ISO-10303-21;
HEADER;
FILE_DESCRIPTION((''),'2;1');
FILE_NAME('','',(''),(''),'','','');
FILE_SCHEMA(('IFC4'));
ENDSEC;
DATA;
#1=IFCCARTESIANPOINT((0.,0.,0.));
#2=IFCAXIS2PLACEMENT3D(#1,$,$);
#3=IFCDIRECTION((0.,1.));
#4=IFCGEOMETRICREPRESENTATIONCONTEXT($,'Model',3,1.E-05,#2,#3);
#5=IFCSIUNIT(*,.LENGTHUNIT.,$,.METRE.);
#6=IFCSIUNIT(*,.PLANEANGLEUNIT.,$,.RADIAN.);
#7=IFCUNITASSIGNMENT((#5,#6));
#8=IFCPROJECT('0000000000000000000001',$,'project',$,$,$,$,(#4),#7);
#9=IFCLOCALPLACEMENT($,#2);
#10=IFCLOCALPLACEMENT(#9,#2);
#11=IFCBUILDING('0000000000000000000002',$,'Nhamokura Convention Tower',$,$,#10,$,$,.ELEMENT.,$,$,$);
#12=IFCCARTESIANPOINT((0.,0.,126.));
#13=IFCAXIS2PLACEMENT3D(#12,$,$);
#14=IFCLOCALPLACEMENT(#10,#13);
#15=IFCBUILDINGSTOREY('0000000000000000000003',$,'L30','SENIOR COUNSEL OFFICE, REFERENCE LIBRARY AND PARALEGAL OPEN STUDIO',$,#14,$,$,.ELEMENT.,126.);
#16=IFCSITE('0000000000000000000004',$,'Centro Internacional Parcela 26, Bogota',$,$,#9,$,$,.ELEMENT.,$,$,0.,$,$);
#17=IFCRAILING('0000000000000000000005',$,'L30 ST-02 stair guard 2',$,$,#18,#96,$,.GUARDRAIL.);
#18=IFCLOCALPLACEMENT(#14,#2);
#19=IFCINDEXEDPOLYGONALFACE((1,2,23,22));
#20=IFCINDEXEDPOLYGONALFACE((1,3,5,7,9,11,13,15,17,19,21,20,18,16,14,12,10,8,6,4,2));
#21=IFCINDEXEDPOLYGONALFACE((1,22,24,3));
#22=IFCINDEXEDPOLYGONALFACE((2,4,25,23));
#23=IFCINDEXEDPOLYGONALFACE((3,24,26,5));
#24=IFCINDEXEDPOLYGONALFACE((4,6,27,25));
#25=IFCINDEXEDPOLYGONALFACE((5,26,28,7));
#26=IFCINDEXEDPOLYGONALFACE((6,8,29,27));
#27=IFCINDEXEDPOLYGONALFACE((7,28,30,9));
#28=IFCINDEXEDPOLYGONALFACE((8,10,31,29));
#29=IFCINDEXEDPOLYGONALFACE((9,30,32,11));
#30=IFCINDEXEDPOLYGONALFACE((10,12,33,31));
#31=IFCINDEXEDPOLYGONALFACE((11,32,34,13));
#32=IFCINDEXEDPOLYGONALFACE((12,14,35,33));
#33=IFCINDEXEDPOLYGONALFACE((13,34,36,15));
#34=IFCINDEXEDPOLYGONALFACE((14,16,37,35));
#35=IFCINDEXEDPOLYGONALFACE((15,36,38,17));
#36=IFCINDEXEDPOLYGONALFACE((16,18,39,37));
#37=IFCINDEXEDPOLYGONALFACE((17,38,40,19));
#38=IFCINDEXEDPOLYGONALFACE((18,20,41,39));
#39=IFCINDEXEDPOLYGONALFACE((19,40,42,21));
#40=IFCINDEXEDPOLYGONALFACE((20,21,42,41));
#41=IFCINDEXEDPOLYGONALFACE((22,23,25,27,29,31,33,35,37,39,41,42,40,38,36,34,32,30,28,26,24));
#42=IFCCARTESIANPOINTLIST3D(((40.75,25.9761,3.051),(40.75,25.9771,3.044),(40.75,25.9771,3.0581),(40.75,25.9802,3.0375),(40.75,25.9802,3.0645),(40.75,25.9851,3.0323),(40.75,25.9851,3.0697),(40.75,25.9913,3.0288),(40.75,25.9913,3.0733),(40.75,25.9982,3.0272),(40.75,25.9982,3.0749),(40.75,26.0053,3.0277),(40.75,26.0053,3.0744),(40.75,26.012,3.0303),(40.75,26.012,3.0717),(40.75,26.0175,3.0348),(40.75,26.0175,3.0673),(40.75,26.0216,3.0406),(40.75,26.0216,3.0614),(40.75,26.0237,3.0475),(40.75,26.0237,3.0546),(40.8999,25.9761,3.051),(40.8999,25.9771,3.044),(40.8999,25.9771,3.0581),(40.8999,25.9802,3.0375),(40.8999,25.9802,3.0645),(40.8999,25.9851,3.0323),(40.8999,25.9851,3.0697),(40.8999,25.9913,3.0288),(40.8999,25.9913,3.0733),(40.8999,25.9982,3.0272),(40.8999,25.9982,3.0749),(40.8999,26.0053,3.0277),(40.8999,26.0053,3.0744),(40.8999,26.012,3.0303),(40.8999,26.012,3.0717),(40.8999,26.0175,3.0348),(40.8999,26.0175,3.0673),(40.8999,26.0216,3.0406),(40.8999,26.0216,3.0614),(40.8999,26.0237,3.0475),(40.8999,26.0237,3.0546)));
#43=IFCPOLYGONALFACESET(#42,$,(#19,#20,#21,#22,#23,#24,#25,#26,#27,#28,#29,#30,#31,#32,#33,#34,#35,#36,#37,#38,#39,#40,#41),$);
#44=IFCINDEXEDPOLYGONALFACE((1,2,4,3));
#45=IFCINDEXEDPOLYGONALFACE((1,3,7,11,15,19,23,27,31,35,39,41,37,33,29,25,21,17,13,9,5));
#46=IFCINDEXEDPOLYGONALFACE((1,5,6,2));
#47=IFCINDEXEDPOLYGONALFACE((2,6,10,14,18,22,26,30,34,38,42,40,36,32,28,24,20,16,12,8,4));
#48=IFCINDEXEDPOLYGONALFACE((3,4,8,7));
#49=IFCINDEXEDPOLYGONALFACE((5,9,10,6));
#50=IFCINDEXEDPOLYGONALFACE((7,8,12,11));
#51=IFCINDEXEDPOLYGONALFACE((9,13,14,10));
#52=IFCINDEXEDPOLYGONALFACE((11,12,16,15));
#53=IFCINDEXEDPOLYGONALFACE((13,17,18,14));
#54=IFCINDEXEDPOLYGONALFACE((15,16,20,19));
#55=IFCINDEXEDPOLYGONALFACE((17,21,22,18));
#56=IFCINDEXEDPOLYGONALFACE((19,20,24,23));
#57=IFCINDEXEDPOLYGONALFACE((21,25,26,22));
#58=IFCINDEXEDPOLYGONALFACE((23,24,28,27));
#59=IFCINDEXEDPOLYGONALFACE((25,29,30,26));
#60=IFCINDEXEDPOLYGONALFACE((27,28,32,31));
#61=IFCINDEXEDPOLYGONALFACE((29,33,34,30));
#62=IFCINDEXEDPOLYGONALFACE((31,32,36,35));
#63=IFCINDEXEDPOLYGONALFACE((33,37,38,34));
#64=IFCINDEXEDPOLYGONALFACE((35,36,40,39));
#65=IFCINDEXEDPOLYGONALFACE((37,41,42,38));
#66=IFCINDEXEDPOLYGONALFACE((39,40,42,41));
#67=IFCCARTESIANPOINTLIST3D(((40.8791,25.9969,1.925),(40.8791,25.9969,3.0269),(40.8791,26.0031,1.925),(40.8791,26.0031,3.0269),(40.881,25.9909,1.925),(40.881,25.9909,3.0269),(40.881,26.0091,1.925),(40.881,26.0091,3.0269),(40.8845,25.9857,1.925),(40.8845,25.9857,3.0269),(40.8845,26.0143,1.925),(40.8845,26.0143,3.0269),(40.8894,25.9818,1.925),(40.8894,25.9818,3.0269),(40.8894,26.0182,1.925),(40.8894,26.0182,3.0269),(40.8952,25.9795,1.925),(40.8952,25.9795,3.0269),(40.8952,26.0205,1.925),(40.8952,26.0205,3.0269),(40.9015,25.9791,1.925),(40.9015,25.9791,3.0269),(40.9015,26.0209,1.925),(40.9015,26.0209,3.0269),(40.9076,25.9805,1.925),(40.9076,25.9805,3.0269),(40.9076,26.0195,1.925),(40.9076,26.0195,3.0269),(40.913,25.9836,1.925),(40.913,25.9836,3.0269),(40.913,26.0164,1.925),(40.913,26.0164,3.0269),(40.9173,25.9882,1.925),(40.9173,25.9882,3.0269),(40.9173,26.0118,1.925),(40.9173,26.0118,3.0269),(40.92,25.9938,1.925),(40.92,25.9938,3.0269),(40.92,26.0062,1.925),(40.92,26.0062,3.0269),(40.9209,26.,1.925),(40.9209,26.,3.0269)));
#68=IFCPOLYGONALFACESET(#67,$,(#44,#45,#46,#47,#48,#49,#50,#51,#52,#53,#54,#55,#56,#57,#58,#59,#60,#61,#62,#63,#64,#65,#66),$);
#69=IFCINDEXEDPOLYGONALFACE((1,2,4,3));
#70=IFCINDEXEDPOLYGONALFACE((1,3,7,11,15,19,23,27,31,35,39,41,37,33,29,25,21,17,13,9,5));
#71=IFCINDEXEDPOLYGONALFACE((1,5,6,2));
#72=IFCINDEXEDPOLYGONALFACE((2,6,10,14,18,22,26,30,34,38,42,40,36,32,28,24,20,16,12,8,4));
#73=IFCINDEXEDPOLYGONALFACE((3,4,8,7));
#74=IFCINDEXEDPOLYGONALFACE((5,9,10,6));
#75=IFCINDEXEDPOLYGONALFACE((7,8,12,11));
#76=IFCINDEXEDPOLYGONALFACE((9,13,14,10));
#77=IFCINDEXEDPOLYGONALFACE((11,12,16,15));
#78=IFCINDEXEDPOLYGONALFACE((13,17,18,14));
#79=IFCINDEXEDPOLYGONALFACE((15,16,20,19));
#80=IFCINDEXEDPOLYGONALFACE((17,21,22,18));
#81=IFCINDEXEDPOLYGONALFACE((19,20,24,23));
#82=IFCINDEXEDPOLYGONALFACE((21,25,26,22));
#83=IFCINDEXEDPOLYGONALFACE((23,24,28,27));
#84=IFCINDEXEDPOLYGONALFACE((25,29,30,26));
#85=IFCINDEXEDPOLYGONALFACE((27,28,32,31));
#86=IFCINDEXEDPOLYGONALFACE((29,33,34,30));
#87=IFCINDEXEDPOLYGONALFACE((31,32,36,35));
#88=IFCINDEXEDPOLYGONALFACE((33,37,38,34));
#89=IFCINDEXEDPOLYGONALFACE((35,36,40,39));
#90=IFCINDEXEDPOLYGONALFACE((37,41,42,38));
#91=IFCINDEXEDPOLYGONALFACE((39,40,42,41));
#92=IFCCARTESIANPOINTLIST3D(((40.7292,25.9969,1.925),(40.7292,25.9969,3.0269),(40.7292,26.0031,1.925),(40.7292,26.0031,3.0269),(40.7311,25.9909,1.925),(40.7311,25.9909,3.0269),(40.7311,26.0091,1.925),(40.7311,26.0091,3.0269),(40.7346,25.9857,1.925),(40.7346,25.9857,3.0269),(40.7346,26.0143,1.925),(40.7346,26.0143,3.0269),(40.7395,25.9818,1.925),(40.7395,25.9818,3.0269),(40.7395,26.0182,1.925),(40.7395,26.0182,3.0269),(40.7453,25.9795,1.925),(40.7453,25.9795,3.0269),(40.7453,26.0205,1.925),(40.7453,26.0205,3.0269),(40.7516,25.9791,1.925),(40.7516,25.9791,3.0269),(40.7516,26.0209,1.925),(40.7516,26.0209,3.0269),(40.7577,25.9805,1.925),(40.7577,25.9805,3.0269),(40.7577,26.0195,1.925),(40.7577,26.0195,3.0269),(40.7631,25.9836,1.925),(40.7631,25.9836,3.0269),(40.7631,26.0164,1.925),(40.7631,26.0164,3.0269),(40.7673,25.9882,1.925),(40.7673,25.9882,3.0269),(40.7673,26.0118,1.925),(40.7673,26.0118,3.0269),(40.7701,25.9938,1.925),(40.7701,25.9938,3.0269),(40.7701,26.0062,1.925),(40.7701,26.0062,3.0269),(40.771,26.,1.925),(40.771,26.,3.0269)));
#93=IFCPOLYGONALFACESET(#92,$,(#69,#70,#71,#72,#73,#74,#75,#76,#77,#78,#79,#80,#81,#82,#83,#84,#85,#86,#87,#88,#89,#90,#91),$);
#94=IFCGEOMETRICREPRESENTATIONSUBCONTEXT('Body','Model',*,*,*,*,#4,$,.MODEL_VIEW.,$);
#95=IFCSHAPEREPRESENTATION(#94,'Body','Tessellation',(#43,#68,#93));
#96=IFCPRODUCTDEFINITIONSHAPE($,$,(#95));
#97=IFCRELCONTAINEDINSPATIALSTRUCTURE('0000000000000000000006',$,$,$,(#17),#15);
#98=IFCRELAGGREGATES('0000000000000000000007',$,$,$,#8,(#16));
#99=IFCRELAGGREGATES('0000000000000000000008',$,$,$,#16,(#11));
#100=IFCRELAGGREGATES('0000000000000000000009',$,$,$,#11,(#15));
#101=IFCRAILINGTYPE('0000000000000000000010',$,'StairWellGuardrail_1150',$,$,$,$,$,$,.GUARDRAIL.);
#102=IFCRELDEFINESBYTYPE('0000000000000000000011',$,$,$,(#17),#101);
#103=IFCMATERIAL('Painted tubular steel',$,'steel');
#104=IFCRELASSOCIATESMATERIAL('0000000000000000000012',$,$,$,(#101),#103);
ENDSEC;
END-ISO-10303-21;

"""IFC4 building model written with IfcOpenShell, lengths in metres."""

from ifc_helpers import new_model, si_unit, direction, frame, origin, origin_2d, place, context, subcontext, project, spatial, circle, extrude, material, type_object, element, save


model = new_model("IFC4")

# Units and contexts
model_context = context("Model", 3, precision=1e-05, world=origin(), true_north=direction((0.0, 1.0)))
body_context = subcontext(model_context, "Body", "Model", "MODEL_VIEW")
ifc_project = project(units=[si_unit("LENGTHUNIT", "METRE"), si_unit("PLANEANGLEUNIT", "RADIAN")], contexts=[model_context])

# Site, building, storey
site_placement = place(None, origin())
site = spatial("IfcSite", under=ifc_project, at=site_placement, Name="Centro Internacional Parcela 26, Bogota", CompositionType="ELEMENT", RefElevation=0.0)
building_placement = place(site_placement, origin())
building = spatial("IfcBuilding", under=site, at=building_placement, Name="Nhamokura Convention Tower", CompositionType="ELEMENT")
storey_placement = place(building_placement, frame((0.0, 0.0, 126.0)))
storey = spatial("IfcBuildingStorey", under=building, at=storey_placement, Name="L30", Description="SENIOR COUNSEL OFFICE, REFERENCE LIBRARY AND PARALEGAL OPEN STUDIO", CompositionType="ELEMENT", Elevation=126.0)

# Railing
ifc_material_1 = material(Name="Painted tubular steel", Category="steel")
railing_type_1 = type_object("IfcRailingType", Name="StairWellGuardrail_1150", PredefinedType="GUARDRAIL", material=ifc_material_1)
railing_1_placement = place(storey_placement, frame((40.8999, 26.0, 1.925)))
element("IfcRailing", 1, at=railing_1_placement, inside=storey, type_object=railing_type_1, Name="L30 ST-02 stair guard 2", PredefinedType="GUARDRAIL", context=body_context, shape_type="SweptSolid", body=[
    extrude(circle(Radius=0.0239, at=origin_2d()), frame((0.0, 0.0, 1.126), z_axis=(-1.0, 0.0, 0.0), x_axis=(0.0, -1.0, 0.0)), (0.0, 0.0, 1.0), 0.1499),
    extrude(circle(Radius=0.021, at=origin_2d()), origin(), (0.0, 0.0, 1.0), 1.1018),
    extrude(circle(Radius=0.021, at=origin_2d()), frame((-0.1499, 0.0, 0.0)), (0.0, 0.0, 1.0), 1.1018),
])

save(model, "model.ifc")
